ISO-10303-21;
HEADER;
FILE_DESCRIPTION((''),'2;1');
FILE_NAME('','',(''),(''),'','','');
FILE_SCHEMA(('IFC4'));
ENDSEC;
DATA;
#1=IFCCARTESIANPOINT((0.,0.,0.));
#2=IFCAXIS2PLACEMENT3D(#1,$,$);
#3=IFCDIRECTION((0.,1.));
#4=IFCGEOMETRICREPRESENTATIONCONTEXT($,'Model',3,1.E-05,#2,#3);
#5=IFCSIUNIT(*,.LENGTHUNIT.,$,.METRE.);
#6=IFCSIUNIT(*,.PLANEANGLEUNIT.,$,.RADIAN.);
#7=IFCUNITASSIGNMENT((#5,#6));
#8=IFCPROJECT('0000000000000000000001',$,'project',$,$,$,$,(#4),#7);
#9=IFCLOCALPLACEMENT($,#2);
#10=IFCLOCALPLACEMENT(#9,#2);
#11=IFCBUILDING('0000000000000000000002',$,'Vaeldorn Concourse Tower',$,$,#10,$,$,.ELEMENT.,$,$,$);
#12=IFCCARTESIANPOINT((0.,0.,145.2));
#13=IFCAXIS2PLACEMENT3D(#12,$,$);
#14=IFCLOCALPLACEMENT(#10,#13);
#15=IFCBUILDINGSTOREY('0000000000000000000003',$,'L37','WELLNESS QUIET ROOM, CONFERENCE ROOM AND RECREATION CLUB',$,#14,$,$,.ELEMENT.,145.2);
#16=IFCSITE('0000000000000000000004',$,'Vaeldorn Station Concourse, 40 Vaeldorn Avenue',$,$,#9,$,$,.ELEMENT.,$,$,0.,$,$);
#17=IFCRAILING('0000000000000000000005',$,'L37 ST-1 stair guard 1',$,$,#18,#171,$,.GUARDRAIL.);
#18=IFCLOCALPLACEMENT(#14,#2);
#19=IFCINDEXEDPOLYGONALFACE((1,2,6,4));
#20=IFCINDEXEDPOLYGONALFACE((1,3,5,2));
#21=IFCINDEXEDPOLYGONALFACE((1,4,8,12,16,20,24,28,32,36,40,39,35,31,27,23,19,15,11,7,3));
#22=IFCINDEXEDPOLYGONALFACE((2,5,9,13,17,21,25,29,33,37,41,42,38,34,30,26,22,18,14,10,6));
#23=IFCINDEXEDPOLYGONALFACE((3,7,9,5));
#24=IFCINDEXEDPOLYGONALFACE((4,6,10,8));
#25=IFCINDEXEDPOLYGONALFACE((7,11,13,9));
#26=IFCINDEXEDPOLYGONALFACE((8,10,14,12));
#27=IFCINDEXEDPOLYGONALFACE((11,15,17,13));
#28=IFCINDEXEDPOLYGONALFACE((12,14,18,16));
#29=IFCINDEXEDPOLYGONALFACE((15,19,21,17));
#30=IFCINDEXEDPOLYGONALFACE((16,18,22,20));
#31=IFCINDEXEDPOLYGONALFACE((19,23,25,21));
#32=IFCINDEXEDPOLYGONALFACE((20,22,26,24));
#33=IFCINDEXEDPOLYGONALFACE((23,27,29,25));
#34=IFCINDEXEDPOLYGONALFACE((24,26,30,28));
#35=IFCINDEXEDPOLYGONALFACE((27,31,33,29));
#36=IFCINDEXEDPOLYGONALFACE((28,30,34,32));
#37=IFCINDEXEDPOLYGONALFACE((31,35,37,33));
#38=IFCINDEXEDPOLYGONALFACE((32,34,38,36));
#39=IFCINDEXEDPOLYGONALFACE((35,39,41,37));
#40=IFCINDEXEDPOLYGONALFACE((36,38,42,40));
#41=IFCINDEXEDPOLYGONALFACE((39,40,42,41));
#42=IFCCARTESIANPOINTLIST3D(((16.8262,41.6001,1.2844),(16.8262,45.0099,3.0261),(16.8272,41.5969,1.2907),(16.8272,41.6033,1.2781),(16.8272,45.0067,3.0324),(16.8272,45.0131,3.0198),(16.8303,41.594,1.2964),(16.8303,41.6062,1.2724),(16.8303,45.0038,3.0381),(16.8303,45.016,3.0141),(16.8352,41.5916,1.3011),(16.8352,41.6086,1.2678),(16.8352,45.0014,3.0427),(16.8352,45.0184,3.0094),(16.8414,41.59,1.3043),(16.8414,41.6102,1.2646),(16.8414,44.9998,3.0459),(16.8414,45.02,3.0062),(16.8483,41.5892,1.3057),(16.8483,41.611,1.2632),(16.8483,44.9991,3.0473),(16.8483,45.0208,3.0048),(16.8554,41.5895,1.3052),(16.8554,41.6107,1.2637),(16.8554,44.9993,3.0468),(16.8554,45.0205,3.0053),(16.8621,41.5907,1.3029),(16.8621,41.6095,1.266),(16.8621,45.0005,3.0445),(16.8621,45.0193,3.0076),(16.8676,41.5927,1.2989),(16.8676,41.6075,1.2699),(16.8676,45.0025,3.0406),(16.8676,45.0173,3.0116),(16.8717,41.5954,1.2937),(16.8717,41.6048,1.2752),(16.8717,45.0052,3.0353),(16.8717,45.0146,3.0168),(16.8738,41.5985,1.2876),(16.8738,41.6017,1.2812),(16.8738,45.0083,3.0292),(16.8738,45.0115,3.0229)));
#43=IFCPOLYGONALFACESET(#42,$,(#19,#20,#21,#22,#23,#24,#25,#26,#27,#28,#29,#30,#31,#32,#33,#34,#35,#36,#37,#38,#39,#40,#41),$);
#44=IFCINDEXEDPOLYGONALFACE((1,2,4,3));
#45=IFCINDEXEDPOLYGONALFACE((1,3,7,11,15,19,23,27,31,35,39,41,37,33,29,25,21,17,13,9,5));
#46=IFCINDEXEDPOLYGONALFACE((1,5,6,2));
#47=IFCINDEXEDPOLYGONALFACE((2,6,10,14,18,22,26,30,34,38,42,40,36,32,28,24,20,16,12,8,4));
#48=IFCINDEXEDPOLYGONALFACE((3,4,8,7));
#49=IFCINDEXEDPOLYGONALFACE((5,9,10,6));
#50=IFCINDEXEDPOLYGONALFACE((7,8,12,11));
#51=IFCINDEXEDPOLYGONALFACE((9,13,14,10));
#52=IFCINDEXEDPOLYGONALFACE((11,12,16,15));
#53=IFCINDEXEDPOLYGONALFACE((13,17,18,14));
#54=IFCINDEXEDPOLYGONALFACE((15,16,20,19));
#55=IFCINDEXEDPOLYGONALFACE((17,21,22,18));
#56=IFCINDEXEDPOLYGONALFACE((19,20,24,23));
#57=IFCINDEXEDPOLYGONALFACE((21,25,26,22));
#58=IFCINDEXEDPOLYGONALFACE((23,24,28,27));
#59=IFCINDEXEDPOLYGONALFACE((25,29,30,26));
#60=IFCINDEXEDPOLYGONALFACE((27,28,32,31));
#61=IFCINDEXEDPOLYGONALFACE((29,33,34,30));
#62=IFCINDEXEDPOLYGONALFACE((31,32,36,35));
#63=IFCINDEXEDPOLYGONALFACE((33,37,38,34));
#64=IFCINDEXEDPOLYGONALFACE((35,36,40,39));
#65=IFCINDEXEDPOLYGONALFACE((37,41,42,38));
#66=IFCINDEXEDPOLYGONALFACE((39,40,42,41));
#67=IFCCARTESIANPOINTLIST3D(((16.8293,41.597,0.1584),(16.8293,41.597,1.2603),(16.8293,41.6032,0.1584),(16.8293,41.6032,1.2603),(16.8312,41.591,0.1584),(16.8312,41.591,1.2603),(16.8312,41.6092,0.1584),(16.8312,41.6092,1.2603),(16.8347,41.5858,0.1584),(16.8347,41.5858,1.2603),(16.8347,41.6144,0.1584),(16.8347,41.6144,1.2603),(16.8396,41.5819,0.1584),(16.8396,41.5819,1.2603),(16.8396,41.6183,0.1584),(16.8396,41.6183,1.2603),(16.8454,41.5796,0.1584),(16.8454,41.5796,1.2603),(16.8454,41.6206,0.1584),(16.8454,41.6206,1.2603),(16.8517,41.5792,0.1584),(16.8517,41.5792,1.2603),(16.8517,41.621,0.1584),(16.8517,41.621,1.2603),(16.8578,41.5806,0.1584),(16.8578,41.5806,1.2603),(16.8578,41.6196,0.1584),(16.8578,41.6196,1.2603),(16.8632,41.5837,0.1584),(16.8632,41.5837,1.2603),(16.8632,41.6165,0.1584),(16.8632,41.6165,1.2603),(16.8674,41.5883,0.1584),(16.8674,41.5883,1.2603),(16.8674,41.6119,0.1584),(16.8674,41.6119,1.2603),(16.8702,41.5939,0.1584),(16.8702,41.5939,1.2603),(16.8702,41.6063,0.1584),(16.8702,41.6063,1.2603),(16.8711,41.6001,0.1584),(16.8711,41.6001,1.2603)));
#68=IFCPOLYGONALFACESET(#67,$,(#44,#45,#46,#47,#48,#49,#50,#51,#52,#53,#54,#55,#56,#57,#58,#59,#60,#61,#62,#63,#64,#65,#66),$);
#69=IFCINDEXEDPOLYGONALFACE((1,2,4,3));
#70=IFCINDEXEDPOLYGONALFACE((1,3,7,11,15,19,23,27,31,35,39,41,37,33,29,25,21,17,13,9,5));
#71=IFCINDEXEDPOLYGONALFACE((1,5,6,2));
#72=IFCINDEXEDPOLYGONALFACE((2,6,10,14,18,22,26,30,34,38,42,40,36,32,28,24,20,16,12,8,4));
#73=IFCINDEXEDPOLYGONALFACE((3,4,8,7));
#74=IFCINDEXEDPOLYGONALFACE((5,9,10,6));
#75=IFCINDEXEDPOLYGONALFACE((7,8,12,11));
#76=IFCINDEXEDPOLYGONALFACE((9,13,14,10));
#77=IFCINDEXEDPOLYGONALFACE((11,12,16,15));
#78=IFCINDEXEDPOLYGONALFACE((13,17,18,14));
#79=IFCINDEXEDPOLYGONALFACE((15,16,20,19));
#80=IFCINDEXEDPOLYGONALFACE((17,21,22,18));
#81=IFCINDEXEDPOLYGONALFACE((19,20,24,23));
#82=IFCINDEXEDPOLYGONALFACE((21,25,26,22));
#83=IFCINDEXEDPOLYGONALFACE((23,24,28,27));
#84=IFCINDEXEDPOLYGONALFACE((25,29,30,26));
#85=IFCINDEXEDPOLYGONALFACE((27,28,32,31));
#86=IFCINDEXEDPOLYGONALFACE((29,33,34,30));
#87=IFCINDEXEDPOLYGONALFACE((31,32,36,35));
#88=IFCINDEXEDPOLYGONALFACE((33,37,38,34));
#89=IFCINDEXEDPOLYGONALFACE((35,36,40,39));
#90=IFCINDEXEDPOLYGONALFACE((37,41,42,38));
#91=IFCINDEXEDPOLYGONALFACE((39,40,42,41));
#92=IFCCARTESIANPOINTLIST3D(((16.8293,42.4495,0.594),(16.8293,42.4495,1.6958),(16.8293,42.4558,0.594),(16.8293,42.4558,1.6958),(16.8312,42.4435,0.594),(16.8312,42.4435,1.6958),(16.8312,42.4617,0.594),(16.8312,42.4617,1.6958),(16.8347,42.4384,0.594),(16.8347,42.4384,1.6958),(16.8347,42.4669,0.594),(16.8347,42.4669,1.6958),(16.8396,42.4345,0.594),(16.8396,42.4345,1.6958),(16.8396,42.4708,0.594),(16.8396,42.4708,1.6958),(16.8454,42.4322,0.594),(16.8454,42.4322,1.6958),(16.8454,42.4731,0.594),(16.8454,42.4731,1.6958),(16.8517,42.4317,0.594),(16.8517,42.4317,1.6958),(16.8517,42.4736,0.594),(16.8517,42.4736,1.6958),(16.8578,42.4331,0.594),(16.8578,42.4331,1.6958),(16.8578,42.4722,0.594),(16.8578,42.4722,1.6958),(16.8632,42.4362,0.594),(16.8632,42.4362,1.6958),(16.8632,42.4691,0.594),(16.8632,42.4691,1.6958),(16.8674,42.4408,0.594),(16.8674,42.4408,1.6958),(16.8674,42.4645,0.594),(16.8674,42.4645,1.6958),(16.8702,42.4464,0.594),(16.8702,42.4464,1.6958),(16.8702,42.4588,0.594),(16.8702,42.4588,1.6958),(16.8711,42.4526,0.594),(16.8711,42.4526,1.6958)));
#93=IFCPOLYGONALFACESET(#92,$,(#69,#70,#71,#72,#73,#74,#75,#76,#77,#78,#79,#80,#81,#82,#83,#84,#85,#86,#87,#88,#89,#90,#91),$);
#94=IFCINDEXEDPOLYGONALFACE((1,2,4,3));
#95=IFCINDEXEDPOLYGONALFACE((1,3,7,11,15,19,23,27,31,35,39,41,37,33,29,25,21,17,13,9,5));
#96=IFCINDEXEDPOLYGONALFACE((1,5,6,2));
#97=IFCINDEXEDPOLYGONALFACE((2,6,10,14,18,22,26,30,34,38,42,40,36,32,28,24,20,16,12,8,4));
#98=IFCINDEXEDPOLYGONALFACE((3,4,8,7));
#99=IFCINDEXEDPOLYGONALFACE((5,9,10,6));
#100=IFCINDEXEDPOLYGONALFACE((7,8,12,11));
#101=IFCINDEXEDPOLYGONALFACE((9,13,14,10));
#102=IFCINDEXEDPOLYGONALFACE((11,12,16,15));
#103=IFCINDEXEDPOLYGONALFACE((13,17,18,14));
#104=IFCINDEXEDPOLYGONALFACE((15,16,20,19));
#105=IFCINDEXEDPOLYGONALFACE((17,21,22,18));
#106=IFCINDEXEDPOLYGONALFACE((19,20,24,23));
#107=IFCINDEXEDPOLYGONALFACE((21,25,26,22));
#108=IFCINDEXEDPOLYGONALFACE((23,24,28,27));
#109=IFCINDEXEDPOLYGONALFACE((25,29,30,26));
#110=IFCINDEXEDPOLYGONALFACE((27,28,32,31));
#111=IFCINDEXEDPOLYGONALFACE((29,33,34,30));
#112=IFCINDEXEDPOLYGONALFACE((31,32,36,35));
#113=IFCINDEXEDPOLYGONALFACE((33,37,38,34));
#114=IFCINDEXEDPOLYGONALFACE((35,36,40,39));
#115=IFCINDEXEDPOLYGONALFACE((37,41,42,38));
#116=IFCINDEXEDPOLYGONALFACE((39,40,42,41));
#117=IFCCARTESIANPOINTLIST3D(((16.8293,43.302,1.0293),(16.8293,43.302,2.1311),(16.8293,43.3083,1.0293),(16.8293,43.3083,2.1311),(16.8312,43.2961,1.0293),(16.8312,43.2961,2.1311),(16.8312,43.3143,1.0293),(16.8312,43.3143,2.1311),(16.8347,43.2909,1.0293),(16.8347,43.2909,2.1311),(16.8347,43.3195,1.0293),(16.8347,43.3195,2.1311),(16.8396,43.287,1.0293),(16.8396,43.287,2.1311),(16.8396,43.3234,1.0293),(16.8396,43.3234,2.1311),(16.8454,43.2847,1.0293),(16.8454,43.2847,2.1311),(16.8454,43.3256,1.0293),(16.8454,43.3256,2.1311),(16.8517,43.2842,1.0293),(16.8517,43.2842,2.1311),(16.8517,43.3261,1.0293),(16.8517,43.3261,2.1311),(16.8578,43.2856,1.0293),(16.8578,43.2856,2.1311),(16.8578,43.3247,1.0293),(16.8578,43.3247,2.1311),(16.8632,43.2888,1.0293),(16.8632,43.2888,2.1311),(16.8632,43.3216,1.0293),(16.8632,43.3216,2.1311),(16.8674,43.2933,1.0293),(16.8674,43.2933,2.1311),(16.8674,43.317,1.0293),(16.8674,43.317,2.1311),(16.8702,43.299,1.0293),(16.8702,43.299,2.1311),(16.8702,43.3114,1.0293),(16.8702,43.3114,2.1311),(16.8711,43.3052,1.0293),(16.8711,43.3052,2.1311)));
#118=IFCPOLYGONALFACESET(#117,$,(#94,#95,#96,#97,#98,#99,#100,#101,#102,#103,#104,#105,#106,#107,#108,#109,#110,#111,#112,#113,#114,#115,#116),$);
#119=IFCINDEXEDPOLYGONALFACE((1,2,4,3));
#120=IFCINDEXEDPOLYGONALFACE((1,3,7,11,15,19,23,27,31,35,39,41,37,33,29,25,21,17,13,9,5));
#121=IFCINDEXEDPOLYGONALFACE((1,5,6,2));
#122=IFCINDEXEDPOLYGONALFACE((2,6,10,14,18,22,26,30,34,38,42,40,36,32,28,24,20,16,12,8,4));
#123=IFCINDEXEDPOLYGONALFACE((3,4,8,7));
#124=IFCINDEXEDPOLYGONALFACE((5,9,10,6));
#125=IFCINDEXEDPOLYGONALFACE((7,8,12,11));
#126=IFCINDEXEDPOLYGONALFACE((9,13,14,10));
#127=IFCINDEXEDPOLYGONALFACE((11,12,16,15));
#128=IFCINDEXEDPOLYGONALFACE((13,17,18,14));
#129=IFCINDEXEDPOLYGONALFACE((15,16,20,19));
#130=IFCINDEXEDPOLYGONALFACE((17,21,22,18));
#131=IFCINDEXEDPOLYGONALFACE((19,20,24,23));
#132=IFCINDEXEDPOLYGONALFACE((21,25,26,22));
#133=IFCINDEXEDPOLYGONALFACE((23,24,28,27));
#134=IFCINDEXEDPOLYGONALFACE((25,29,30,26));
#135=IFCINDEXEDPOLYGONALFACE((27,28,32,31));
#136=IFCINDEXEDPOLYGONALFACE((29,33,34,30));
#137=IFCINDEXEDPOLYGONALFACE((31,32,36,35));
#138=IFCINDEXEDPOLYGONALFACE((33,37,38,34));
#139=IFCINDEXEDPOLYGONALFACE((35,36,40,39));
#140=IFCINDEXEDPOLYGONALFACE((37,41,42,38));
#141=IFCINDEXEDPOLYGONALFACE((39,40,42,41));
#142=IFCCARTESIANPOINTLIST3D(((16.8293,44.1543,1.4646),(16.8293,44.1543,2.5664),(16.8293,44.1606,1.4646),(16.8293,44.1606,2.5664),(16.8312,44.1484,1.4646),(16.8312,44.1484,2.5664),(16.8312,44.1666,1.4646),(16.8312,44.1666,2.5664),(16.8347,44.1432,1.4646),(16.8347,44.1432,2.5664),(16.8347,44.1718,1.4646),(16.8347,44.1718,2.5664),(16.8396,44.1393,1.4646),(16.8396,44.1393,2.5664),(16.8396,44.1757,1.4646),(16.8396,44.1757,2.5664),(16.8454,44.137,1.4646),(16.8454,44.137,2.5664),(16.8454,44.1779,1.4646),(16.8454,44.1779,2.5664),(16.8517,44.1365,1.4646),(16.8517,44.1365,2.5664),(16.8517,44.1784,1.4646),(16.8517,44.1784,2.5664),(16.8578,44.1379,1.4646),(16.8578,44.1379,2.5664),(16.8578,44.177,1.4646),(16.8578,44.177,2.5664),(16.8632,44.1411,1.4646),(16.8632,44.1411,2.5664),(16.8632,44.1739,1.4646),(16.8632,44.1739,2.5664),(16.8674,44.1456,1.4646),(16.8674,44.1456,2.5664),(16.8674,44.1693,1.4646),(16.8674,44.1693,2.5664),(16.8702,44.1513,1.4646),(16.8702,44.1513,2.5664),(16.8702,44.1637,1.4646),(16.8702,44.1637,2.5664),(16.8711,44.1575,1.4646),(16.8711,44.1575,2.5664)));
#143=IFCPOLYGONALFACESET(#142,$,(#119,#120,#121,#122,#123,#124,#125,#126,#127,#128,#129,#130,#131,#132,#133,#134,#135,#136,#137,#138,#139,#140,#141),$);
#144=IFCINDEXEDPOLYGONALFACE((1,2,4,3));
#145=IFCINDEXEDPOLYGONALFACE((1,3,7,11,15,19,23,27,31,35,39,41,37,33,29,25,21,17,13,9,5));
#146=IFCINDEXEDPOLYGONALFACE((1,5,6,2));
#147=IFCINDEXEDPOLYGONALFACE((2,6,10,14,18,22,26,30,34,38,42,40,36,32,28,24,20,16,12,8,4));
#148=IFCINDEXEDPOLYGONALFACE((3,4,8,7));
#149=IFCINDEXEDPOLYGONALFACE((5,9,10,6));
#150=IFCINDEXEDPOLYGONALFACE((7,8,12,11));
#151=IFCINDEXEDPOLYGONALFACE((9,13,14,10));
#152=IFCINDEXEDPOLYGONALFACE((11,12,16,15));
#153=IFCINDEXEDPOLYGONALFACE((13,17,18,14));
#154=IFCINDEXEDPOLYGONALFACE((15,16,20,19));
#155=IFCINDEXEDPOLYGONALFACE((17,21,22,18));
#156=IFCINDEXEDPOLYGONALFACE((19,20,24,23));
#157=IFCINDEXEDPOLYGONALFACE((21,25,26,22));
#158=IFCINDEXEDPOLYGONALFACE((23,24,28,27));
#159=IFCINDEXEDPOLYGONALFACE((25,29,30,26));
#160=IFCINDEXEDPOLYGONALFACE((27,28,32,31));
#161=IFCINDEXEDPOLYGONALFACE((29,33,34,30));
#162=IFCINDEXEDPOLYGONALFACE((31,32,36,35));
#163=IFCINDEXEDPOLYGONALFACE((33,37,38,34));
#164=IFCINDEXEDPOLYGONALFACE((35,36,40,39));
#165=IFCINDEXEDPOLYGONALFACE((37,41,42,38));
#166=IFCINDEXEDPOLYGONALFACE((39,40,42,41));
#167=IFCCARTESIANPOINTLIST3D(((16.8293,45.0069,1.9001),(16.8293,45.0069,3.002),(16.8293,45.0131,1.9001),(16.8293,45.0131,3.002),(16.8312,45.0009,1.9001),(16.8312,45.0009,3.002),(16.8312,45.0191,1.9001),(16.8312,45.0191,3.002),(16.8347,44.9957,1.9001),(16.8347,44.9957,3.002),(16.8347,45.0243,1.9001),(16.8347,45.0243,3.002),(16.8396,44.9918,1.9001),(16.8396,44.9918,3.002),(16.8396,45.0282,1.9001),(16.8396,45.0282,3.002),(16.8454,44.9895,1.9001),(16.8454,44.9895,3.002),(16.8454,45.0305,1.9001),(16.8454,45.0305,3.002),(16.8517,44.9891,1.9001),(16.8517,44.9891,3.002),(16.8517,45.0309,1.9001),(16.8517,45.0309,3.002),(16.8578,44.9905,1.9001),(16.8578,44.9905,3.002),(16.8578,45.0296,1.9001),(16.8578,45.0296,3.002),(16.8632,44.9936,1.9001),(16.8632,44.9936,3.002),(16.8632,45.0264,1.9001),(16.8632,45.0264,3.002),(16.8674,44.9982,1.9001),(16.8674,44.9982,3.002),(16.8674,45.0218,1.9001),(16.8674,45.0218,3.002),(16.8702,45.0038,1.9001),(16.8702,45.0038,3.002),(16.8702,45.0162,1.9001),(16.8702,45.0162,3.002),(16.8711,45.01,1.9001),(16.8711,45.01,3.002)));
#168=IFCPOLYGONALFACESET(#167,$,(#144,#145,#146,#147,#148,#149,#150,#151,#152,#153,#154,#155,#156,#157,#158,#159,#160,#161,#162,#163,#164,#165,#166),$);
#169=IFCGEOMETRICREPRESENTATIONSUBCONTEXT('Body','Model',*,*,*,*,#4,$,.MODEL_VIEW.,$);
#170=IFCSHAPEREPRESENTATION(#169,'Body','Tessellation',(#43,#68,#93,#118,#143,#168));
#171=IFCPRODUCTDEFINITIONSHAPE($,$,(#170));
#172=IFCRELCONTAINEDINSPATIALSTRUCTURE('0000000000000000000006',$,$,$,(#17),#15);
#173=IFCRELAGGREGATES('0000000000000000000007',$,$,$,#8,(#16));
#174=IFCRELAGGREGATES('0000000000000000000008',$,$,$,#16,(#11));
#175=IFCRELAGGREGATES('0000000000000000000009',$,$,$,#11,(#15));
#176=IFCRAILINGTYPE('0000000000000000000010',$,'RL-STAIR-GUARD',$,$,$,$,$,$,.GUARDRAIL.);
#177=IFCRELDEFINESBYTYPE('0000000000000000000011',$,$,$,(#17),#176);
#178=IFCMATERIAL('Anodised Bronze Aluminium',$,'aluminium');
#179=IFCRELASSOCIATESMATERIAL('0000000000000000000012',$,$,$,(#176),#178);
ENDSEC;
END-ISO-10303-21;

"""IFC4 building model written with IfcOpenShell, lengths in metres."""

from ifc_helpers import new_model, si_unit, direction, frame, origin, origin_2d, place, context, subcontext, project, spatial, circle, extrude, material, type_object, element, save


model = new_model("IFC4")

# Units and contexts
model_context = context("Model", 3, precision=1e-05, world=origin(), true_north=direction((0.0, 1.0)))
body_context = subcontext(model_context, "Body", "Model", "MODEL_VIEW")
ifc_project = project(units=[si_unit("LENGTHUNIT", "METRE"), si_unit("PLANEANGLEUNIT", "RADIAN")], contexts=[model_context])

# Site, building, storey
site_placement = place(None, origin())
site = spatial("IfcSite", under=ifc_project, at=site_placement, Name="Vaeldorn Station Concourse, 40 Vaeldorn Avenue", CompositionType="ELEMENT", RefElevation=0.0)
building_placement = place(site_placement, origin())
building = spatial("IfcBuilding", under=site, at=building_placement, Name="Vaeldorn Concourse Tower", CompositionType="ELEMENT")
storey_placement = place(building_placement, frame((0.0, 0.0, 145.2)))
storey = spatial("IfcBuildingStorey", under=building, at=storey_placement, Name="L37", Description="WELLNESS QUIET ROOM, CONFERENCE ROOM AND RECREATION CLUB", CompositionType="ELEMENT", Elevation=145.2)

# Shared definitions
ifc_material_1 = material(Name="Anodised Bronze Aluminium", Category="aluminium")

# Railing
railing_type_1 = type_object("IfcRailingType", Name="RL-STAIR-GUARD", PredefinedType="GUARDRAIL", material=ifc_material_1)
railing_1_placement = place(storey_placement, frame((16.8501, 41.6001, 0.1584)))
element("IfcRailing", 1, at=railing_1_placement, inside=storey, type_object=railing_type_1, Name="L37 ST-1 stair guard 1", PredefinedType="GUARDRAIL", context=body_context, shape_type="SweptSolid", body=[
    extrude(circle(Radius=0.0239, at=origin_2d()), frame((0.0, 0.0, 1.126), z_axis=(0.0, 0.890556, 0.454874), x_axis=(-1.0, 0.0, 0.0)), (0.0, 0.0, 1.0), 3.8289),
    extrude(circle(Radius=0.021, at=origin_2d()), origin(), (0.0, 0.0, 1.0), 1.1018),
    extrude(circle(Radius=0.021, at=origin_2d()), frame((0.0, 0.8525, 0.4355)), (0.0, 0.0, 1.0), 1.1018),
    extrude(circle(Radius=0.021, at=origin_2d()), frame((0.0, 1.7051, 0.8708)), (0.0, 0.0, 1.0), 1.1018),
    extrude(circle(Radius=0.021, at=origin_2d()), frame((0.0, 2.5574, 1.3062)), (0.0, 0.0, 1.0), 1.1018),
    extrude(circle(Radius=0.021, at=origin_2d()), frame((0.0, 3.4099, 1.7417)), (0.0, 0.0, 1.0), 1.1018),
])

save(model, "model.ifc")
